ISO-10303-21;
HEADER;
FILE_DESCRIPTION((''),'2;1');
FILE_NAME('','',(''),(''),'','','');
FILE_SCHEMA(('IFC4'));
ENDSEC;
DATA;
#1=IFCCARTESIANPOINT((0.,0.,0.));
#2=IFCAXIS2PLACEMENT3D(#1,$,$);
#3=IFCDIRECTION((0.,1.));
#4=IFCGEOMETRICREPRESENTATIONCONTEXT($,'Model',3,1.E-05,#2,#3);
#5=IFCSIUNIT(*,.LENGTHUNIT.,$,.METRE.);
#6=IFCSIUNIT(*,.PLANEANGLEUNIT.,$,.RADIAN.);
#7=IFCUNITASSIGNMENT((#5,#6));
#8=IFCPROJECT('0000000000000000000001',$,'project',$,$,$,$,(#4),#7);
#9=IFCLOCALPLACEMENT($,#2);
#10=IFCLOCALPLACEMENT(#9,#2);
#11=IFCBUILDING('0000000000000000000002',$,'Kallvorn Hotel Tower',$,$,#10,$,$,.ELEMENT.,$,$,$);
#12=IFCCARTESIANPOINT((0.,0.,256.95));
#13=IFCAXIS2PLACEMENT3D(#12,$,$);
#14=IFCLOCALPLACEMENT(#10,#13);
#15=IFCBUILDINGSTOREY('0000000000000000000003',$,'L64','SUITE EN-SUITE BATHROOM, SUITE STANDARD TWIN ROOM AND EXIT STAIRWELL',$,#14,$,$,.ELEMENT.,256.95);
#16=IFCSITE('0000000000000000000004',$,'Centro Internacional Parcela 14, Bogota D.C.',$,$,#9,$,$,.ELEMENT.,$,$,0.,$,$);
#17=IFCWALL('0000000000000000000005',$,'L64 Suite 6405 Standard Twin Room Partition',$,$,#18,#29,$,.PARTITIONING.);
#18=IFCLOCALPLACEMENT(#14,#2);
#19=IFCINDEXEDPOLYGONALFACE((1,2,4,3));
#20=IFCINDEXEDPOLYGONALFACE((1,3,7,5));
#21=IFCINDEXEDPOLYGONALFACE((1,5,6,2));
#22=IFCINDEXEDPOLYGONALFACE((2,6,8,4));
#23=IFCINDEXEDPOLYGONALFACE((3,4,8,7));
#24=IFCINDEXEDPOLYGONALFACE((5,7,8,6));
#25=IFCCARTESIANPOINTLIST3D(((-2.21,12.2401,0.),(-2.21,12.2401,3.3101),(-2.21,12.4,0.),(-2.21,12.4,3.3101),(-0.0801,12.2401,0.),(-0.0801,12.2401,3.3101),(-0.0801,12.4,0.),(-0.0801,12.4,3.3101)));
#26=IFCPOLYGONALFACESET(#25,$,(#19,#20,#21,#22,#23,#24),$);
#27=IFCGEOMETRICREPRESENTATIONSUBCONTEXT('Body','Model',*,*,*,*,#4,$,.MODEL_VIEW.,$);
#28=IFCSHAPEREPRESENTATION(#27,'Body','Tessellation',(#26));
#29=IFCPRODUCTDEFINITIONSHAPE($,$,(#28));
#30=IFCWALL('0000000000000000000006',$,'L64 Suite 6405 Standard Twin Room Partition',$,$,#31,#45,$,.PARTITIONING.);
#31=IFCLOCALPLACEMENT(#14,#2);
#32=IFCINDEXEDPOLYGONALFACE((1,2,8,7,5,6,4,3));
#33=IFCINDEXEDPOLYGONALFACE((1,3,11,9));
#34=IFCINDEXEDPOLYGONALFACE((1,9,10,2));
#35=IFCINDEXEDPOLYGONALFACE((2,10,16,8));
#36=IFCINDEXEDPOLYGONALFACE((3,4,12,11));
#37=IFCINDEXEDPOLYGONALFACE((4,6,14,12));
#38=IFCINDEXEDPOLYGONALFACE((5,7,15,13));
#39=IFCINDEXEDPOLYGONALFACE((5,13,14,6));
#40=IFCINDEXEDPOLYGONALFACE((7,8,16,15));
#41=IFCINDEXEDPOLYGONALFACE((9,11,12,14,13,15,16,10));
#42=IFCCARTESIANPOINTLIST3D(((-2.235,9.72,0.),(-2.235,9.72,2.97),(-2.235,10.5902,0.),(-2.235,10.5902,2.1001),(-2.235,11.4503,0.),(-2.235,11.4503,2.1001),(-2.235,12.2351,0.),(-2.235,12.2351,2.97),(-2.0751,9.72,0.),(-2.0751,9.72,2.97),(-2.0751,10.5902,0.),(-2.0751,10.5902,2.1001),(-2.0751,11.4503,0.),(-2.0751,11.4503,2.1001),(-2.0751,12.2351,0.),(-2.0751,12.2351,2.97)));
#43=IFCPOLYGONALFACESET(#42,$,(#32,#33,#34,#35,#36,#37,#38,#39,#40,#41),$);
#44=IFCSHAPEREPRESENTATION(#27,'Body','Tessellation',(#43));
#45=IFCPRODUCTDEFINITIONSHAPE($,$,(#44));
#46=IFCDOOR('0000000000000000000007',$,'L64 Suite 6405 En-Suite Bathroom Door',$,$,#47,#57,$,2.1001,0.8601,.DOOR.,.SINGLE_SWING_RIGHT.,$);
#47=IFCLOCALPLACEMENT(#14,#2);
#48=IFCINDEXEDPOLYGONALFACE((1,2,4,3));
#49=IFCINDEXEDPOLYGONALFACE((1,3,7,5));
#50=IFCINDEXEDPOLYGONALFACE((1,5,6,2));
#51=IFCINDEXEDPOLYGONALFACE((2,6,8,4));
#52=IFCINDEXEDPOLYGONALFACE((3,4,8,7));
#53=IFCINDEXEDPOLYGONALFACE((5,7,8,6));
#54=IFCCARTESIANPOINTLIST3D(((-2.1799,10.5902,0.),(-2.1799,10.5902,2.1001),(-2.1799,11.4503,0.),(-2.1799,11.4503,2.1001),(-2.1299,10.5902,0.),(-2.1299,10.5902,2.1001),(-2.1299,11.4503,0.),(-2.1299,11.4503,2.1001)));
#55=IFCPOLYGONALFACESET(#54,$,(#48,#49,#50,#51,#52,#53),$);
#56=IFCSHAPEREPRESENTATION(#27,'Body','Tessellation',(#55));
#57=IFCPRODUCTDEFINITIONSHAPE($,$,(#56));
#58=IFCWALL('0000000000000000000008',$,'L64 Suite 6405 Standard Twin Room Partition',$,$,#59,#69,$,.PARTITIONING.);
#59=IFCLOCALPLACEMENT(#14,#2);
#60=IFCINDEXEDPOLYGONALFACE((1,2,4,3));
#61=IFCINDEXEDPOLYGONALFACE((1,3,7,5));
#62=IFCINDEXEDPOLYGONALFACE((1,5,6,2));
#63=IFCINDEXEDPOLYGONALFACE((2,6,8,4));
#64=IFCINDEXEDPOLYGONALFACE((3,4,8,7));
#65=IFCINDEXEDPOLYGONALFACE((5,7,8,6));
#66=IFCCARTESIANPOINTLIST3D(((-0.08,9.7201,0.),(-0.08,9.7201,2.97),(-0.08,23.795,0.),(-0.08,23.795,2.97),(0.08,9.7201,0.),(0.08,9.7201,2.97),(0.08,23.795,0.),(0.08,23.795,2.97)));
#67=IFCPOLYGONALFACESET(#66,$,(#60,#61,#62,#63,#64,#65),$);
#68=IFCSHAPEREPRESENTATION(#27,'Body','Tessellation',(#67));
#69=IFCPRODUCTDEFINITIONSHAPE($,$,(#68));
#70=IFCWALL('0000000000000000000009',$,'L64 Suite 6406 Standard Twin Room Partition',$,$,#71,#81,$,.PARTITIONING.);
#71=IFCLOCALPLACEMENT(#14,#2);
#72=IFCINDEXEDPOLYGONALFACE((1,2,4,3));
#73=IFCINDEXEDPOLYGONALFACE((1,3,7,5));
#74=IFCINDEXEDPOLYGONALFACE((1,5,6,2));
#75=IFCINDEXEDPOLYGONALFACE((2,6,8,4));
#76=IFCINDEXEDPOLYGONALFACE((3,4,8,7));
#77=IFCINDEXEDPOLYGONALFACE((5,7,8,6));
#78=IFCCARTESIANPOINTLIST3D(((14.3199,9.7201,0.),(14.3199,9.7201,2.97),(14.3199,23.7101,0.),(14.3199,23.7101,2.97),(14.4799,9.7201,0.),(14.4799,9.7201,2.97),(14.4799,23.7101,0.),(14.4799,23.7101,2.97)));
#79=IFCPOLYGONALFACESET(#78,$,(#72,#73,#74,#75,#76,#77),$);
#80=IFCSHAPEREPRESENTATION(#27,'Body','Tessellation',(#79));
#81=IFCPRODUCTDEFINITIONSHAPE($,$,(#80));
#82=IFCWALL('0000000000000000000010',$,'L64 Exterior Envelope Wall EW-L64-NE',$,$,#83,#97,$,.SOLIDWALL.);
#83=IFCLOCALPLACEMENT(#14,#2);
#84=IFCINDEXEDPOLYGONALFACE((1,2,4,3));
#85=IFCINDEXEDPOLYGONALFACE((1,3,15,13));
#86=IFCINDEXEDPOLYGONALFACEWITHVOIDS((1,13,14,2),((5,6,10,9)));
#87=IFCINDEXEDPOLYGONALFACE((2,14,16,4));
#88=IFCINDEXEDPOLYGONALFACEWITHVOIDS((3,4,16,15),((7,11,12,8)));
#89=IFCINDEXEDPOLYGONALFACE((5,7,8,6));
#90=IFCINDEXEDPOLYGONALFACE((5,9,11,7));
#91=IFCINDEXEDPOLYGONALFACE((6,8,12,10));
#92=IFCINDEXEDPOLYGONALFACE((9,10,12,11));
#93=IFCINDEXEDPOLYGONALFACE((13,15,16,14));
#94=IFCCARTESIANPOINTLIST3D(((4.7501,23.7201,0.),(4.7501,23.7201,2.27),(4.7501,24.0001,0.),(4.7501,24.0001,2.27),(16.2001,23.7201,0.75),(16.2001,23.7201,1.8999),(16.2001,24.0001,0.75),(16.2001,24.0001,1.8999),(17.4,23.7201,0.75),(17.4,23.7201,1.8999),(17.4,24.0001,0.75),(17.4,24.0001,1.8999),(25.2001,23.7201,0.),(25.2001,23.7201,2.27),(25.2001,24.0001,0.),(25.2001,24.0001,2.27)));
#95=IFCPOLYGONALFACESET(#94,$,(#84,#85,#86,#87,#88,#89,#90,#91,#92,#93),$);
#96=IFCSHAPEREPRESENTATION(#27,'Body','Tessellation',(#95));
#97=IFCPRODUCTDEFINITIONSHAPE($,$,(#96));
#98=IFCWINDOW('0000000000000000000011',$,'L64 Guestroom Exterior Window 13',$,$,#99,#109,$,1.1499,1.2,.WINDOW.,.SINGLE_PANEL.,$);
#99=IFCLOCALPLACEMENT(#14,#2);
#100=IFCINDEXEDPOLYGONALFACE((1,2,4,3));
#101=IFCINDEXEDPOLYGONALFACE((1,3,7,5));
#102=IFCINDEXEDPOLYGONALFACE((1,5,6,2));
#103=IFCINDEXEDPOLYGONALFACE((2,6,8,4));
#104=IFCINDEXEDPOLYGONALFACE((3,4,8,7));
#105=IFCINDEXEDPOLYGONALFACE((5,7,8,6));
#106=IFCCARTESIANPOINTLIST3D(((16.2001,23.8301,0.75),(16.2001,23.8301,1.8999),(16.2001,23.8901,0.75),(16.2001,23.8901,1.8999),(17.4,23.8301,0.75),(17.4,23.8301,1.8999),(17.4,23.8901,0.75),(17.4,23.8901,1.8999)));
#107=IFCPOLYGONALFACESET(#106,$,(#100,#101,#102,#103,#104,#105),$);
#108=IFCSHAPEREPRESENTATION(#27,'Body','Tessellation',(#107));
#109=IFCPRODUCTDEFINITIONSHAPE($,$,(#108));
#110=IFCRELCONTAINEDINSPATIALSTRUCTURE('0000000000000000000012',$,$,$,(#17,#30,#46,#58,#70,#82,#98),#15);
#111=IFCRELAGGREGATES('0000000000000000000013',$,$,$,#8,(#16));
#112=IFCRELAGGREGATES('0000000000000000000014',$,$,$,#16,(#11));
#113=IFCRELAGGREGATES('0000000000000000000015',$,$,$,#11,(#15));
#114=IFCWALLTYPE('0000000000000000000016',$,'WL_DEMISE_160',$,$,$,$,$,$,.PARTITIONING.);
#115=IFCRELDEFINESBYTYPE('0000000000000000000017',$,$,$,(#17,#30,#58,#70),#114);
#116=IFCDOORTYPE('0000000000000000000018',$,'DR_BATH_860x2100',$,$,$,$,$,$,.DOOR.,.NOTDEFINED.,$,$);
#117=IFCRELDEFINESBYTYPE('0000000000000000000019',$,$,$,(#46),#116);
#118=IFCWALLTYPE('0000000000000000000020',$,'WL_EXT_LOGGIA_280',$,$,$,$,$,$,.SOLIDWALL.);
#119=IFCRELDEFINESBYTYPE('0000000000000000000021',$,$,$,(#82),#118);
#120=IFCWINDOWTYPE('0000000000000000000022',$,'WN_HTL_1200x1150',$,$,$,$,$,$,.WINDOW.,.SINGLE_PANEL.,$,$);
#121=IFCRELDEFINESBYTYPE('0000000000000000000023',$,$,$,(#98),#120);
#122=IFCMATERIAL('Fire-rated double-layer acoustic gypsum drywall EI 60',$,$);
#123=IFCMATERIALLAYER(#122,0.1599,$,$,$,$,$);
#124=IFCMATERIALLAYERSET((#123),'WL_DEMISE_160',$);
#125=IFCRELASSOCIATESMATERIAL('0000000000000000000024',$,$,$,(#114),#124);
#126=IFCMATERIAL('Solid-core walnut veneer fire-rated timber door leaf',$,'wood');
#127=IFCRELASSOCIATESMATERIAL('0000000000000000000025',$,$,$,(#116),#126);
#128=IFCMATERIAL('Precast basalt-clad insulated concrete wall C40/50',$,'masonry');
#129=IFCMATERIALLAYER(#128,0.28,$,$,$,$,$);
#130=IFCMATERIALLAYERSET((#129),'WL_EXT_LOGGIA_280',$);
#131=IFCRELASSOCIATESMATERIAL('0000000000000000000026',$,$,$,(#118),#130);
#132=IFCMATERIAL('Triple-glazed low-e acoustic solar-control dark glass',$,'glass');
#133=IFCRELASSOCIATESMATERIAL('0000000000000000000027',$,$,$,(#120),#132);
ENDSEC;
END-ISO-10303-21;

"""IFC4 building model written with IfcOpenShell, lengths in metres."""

from ifc_helpers import new_model, si_unit, direction, frame, frame_2d, origin, place, context, subcontext, project, spatial, rectangle, extrude, material, layer, layer_set, type_object, element, fill, save


model = new_model("IFC4")

# Units and contexts
model_context = context("Model", 3, precision=1e-05, world=origin(), true_north=direction((0.0, 1.0)))
body_context = subcontext(model_context, "Body", "Model", "MODEL_VIEW")
ifc_project = project(units=[si_unit("LENGTHUNIT", "METRE"), si_unit("PLANEANGLEUNIT", "RADIAN")], contexts=[model_context])

# Site, building, storey
site_placement = place(None, origin())
site = spatial("IfcSite", under=ifc_project, at=site_placement, Name="Centro Internacional Parcela 14, Bogota D.C.", CompositionType="ELEMENT", RefElevation=0.0)
building_placement = place(site_placement, origin())
building = spatial("IfcBuilding", under=site, at=building_placement, Name="Kallvorn Hotel Tower", CompositionType="ELEMENT")
storey_placement = place(building_placement, frame((0.0, 0.0, 256.95)))
storey = spatial("IfcBuildingStorey", under=building, at=storey_placement, Name="L64", Description="SUITE EN-SUITE BATHROOM, SUITE STANDARD TWIN ROOM AND EXIT STAIRWELL", CompositionType="ELEMENT", Elevation=256.95)

# Wall
ifc_material_1 = material(Name="Fire-rated double-layer acoustic gypsum drywall EI 60")
ifc_layer_1 = layer(ifc_material_1, 0.1599)
ifc_layer_set_1 = layer_set([ifc_layer_1], Name="WL_DEMISE_160")
wall_type_1 = type_object("IfcWallType", Name="WL_DEMISE_160", PredefinedType="PARTITIONING", material=ifc_layer_set_1)
wall_1_placement = place(storey_placement, frame((-2.21, 12.3201, 0.0), z_axis=(0.0, 0.0, 1.0), x_axis=(1.0, 0.0, 0.0)))
element("IfcWall", 1, at=wall_1_placement, inside=storey, type_object=wall_type_1, Name="L64 Suite 6405 Standard Twin Room Partition", PredefinedType="PARTITIONING", context=body_context, shape_type="SweptSolid", body=[
    extrude(rectangle(XDim=2.1299, YDim=0.1599, at=frame_2d((1.0649, 0.0))), origin(), (0.0, 0.0, 1.0), 3.3101),
])

# Wall, opening, door
wall_2_placement = place(storey_placement, frame((-2.155, 9.72, 0.0), z_axis=(0.0, 0.0, 1.0), x_axis=(0.0, 1.0, 0.0)))
wall_2 = element("IfcWall", 2, at=wall_2_placement, inside=storey, type_object=wall_type_1, Name="L64 Suite 6405 Standard Twin Room Partition", PredefinedType="PARTITIONING", context=body_context, shape_type="SweptSolid", body=[
    extrude(rectangle(XDim=2.5151, YDim=0.1599, at=frame_2d((1.2576, 0.0))), origin(), (0.0, 0.0, 1.0), 2.97),
])
opening_1_placement = place(wall_2_placement, frame((0.8701, 0.0, 0.0)))
opening_1 = element("IfcOpeningElement", 3, at=opening_1_placement, cuts=wall_2, PredefinedType="OPENING", context=body_context, shape_type="SweptSolid", body=[
    extrude(rectangle(XDim=0.8601, YDim=2.1001, at=frame_2d((0.4302, 1.05))), frame((0.0, 0.095, 0.0), z_axis=(0.0, -1.0, 0.0), x_axis=(1.0, 0.0, 0.0)), (0.0, 0.0, 1.0), 0.1899),
])
ifc_material_2 = material(Name="Solid-core walnut veneer fire-rated timber door leaf", Category="wood")
door_type = type_object("IfcDoorType", Name="DR_BATH_860x2100", OperationType="NOTDEFINED", PredefinedType="DOOR", material=ifc_material_2)
door_placement = place(opening_1_placement, origin())
door = element("IfcDoor", 4, at=door_placement, inside=storey, type_object=door_type, Name="L64 Suite 6405 En-Suite Bathroom Door", OperationType="SINGLE_SWING_RIGHT", OverallHeight=2.1001, OverallWidth=0.8601, PredefinedType="DOOR", context=body_context, shape_type="SweptSolid", body=[
    extrude(rectangle(XDim=0.8601, YDim=2.1001, at=frame_2d((0.4302, 1.05))), frame((0.0, 0.0249, 0.0), z_axis=(0.0, -1.0, 0.0), x_axis=(1.0, 0.0, 0.0)), (0.0, 0.0, 1.0), 0.05),
])
fill(opening_1, door)

# Walls
wall_3_placement = place(storey_placement, frame((0.0, 9.72, 0.0), z_axis=(0.0, 0.0, 1.0), x_axis=(0.0, 1.0, 0.0)))
element("IfcWall", 5, at=wall_3_placement, inside=storey, type_object=wall_type_1, Name="L64 Suite 6405 Standard Twin Room Partition", PredefinedType="PARTITIONING", context=body_context, shape_type="SweptSolid", body=[
    extrude(rectangle(XDim=14.075, YDim=0.1599, at=frame_2d((7.0376, 0.0))), origin(), (0.0, 0.0, 1.0), 2.97),
])
wall_4_placement = place(storey_placement, frame((14.3999, 9.72, 0.0), z_axis=(0.0, 0.0, 1.0), x_axis=(0.0, 1.0, 0.0)))
element("IfcWall", 6, at=wall_4_placement, inside=storey, type_object=wall_type_1, Name="L64 Suite 6406 Standard Twin Room Partition", PredefinedType="PARTITIONING", context=body_context, shape_type="SweptSolid", body=[
    extrude(rectangle(XDim=13.99, YDim=0.1599, at=frame_2d((6.9951, 0.0))), origin(), (0.0, 0.0, 1.0), 2.97),
])

# Wall, opening, window
ifc_material_3 = material(Name="Precast basalt-clad insulated concrete wall C40/50", Category="masonry")
ifc_layer_2 = layer(ifc_material_3, 0.28)
ifc_layer_set_2 = layer_set([ifc_layer_2], Name="WL_EXT_LOGGIA_280")
wall_type_2 = type_object("IfcWallType", Name="WL_EXT_LOGGIA_280", PredefinedType="SOLIDWALL", material=ifc_layer_set_2)
wall_5_placement = place(storey_placement, frame((4.75, 23.8601, 0.0), z_axis=(0.0, 0.0, 1.0), x_axis=(1.0, 0.0, 0.0)))
wall_5 = element("IfcWall", 7, at=wall_5_placement, inside=storey, type_object=wall_type_2, Name="L64 Exterior Envelope Wall EW-L64-NE", PredefinedType="SOLIDWALL", context=body_context, shape_type="SweptSolid", body=[
    extrude(rectangle(XDim=20.45, YDim=0.28, at=frame_2d((10.2251, 0.0))), origin(), (0.0, 0.0, 1.0), 2.27),
])
opening_2_placement = place(wall_5_placement, frame((11.45, 0.0, 0.75)))
opening_2 = element("IfcOpeningElement", 8, at=opening_2_placement, cuts=wall_5, PredefinedType="OPENING", context=body_context, shape_type="SweptSolid", body=[
    extrude(rectangle(XDim=1.2, YDim=1.1499, at=frame_2d((0.6001, 0.575))), frame((0.0, 0.155, 0.0), z_axis=(0.0, -1.0, 0.0), x_axis=(1.0, 0.0, 0.0)), (0.0, 0.0, 1.0), 0.3101),
])
ifc_material_4 = material(Name="Triple-glazed low-e acoustic solar-control dark glass", Category="glass")
window_type = type_object("IfcWindowType", Name="WN_HTL_1200x1150", PartitioningType="SINGLE_PANEL", PredefinedType="WINDOW", material=ifc_material_4)
window_placement = place(opening_2_placement, origin())
window = element("IfcWindow", 9, at=window_placement, inside=storey, type_object=window_type, Name="L64 Guestroom Exterior Window 13", OverallHeight=1.1499, OverallWidth=1.2, PartitioningType="SINGLE_PANEL", PredefinedType="WINDOW", context=body_context, shape_type="SweptSolid", body=[
    extrude(rectangle(XDim=1.2, YDim=1.1499, at=frame_2d((0.6001, 0.575))), frame((0.0, 0.03, 0.0), z_axis=(0.0, -1.0, 0.0), x_axis=(1.0, 0.0, 0.0)), (0.0, 0.0, 1.0), 0.0601),
])
fill(opening_2, window)

save(model, "model.ifc")
